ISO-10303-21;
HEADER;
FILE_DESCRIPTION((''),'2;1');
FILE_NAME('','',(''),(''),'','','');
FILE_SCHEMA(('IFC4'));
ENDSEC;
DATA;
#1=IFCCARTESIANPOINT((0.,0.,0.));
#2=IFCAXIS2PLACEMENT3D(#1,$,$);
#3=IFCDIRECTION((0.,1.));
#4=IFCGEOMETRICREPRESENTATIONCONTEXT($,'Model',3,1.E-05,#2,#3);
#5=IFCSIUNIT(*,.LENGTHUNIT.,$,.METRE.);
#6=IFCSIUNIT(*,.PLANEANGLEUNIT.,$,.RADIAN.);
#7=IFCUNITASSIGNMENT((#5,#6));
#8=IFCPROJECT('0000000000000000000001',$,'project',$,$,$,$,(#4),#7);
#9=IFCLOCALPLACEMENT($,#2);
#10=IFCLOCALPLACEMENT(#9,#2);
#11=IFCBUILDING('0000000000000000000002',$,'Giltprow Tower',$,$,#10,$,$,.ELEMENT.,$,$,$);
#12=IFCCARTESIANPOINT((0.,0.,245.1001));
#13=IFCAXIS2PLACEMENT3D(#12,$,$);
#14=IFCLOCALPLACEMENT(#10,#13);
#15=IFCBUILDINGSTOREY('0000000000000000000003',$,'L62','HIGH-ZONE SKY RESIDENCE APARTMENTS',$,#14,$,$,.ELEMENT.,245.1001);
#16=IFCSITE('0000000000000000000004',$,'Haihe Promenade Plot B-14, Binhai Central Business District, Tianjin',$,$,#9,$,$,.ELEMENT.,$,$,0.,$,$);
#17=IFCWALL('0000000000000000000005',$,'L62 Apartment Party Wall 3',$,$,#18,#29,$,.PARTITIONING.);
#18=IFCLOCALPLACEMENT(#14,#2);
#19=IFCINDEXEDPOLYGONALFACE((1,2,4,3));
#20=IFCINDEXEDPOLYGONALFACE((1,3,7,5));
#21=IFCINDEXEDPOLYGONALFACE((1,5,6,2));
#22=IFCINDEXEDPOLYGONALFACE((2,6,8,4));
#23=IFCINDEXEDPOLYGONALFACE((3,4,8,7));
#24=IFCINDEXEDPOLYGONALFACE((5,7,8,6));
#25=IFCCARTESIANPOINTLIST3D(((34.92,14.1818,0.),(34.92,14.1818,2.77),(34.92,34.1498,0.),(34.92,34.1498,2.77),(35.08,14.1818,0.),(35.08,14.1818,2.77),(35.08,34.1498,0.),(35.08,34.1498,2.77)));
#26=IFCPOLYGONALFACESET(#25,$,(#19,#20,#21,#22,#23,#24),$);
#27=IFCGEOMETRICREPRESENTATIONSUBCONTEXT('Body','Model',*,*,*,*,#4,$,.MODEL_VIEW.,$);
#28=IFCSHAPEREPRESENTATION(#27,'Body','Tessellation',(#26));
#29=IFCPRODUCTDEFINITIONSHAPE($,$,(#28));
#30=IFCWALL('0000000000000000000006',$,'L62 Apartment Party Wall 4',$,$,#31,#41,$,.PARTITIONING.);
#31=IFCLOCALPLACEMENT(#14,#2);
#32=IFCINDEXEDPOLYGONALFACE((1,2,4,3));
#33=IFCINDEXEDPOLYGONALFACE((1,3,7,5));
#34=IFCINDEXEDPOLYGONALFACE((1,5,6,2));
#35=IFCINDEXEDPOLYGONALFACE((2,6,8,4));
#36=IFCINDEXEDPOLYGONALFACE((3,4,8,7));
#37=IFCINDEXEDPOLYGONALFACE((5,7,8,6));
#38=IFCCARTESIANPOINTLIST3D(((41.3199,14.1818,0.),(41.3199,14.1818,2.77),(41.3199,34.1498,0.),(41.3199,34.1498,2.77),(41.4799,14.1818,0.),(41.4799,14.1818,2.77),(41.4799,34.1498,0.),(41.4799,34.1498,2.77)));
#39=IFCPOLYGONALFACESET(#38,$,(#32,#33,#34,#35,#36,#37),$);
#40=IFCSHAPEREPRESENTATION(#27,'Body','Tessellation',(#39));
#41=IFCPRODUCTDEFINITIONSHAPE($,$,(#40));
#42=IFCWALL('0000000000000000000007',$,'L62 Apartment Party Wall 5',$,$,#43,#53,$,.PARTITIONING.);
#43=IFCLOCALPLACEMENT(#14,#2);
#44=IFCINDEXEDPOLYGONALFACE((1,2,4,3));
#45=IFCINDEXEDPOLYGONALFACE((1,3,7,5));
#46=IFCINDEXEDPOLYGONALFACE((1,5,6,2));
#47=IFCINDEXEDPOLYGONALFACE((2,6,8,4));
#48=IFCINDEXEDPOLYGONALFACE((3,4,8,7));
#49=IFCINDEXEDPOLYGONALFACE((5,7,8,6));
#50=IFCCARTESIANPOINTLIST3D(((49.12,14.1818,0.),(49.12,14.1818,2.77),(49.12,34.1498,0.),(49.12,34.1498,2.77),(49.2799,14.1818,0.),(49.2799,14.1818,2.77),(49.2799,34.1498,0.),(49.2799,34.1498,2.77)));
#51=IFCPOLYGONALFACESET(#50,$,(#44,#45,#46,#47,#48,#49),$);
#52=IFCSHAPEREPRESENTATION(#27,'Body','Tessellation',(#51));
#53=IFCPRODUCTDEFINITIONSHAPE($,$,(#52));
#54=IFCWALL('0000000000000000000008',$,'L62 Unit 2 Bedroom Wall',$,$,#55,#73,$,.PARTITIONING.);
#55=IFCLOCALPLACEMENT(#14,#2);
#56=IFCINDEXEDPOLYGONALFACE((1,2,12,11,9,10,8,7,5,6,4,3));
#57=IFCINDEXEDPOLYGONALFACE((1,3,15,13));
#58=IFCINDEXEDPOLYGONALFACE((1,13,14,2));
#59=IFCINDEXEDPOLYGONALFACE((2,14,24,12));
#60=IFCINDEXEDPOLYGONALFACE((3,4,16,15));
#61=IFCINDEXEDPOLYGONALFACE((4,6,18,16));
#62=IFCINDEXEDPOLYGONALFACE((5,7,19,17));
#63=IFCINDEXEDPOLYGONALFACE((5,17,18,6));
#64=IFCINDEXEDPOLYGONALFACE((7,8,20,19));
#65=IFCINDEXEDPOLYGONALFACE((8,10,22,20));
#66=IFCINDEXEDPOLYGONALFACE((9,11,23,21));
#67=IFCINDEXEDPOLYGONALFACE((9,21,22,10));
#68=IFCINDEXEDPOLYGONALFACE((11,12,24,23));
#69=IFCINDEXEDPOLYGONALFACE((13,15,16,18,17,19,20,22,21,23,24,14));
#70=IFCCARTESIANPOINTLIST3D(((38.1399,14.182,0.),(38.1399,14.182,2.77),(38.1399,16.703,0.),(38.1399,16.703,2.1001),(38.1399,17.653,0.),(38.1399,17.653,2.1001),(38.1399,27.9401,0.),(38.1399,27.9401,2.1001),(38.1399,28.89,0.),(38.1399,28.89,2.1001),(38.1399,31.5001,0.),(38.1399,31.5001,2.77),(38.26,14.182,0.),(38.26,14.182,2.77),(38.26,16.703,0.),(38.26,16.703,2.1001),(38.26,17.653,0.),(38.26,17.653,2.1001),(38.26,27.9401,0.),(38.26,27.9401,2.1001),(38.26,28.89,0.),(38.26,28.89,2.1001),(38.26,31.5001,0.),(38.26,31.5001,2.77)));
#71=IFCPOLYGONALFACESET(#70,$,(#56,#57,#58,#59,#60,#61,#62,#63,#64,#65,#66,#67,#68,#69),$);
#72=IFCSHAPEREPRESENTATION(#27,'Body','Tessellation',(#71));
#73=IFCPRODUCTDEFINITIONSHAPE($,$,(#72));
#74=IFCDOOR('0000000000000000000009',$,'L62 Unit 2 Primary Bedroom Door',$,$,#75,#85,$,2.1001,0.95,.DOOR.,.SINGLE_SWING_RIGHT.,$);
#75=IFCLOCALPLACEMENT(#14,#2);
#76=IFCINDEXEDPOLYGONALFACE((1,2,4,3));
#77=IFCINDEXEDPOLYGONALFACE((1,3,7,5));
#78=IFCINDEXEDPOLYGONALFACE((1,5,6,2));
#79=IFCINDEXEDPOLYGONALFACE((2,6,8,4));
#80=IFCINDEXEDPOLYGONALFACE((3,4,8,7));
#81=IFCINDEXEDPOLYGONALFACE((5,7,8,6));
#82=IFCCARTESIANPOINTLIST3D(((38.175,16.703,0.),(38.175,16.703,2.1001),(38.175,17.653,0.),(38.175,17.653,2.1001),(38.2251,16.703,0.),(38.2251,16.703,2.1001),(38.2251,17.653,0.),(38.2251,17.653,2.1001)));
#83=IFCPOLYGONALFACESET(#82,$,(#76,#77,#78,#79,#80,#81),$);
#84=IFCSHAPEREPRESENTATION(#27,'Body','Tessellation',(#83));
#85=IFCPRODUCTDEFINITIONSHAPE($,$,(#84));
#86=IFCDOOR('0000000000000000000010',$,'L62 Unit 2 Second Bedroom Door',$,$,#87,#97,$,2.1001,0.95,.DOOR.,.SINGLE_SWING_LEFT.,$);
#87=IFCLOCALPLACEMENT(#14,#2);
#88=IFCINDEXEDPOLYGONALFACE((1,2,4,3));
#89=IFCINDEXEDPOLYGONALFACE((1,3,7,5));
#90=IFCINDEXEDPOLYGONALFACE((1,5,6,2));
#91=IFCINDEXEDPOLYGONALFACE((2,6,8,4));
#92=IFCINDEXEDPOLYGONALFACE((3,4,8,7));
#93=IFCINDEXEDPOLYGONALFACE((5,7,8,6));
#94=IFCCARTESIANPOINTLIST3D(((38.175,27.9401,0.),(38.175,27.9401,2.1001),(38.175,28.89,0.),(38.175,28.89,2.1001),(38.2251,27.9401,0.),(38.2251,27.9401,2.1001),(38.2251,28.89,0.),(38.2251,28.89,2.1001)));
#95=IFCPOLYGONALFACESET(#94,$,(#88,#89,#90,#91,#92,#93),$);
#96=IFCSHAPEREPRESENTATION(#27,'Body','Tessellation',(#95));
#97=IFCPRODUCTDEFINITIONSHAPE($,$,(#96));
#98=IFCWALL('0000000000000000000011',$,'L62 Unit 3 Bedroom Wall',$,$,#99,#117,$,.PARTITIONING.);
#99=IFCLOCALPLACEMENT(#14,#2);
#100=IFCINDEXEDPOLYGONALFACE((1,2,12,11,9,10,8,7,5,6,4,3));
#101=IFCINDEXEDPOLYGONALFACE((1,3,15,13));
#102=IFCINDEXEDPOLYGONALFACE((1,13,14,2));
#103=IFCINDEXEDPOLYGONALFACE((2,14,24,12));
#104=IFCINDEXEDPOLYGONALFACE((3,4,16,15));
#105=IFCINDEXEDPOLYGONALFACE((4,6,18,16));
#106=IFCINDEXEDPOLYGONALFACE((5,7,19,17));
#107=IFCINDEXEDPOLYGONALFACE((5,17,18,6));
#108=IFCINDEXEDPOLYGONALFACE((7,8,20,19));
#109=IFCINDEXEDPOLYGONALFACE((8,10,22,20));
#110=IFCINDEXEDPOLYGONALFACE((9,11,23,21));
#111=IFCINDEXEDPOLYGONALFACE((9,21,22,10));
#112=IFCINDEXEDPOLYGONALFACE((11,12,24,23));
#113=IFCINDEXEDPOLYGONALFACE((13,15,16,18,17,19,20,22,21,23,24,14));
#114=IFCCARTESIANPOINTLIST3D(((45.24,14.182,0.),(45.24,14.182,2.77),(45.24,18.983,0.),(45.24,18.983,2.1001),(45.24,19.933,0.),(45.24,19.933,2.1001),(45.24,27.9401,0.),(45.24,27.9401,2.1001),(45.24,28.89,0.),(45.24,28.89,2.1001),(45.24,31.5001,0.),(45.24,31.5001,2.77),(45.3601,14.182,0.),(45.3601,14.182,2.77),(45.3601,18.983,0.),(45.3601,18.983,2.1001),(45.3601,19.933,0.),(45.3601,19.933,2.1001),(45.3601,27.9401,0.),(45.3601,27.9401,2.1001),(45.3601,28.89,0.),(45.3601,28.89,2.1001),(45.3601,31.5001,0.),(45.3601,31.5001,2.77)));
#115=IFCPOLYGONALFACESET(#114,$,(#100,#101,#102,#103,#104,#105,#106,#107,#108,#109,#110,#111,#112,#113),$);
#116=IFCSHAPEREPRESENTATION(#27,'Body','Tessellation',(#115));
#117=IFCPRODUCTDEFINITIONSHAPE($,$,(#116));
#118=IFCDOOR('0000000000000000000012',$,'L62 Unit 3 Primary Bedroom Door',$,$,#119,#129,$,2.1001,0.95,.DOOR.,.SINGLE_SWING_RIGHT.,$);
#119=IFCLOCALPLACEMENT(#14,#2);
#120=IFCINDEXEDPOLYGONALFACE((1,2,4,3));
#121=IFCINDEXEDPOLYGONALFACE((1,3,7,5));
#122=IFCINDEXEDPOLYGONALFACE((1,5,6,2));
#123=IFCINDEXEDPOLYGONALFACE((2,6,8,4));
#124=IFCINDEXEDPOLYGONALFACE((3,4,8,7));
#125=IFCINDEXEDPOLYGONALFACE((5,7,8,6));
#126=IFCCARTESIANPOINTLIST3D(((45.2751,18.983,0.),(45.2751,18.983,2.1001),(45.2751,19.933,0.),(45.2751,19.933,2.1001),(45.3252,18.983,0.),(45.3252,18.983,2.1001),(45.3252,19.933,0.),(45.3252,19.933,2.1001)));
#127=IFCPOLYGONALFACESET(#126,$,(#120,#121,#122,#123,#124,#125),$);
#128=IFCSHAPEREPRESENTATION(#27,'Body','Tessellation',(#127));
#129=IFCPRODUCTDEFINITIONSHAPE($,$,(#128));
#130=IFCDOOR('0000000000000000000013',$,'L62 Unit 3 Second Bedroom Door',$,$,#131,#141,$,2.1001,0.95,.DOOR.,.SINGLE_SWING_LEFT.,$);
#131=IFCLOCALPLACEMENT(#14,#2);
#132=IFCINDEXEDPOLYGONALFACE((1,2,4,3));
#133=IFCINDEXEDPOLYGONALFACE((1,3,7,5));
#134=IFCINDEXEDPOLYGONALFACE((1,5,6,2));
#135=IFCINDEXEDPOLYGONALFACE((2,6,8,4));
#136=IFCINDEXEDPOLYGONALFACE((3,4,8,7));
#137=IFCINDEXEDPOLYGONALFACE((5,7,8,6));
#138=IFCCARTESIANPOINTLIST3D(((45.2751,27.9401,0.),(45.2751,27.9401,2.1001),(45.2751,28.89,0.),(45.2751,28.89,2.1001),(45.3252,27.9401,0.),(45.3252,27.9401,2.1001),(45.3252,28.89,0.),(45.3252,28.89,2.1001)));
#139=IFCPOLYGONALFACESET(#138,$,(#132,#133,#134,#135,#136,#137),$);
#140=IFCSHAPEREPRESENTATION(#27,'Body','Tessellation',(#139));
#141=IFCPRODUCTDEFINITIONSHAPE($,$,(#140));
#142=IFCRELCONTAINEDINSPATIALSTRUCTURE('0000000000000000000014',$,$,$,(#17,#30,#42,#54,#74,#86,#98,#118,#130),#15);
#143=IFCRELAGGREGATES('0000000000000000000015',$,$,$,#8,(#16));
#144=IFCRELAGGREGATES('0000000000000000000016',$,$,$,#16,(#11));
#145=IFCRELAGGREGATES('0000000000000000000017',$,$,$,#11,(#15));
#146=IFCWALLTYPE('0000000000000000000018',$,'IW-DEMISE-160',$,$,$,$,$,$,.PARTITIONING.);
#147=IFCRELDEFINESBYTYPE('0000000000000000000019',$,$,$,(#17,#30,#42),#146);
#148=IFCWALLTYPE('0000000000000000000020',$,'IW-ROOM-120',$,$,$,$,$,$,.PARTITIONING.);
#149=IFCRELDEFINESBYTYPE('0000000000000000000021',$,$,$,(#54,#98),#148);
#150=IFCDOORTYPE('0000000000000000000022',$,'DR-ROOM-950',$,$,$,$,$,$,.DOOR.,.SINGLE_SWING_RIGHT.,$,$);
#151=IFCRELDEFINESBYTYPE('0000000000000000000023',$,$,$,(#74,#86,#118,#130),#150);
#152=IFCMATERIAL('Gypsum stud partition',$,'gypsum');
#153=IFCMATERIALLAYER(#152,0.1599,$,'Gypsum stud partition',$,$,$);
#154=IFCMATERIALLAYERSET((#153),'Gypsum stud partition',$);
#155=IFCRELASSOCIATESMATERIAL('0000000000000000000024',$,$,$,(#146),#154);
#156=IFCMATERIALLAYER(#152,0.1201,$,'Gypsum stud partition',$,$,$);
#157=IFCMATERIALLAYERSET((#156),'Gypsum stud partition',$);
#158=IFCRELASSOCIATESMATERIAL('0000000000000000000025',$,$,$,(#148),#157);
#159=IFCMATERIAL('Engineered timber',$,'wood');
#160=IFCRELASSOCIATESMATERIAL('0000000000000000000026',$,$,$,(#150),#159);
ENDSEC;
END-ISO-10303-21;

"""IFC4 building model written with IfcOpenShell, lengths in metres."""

from ifc_helpers import new_model, si_unit, direction, frame, frame_2d, origin, place, context, subcontext, project, spatial, rectangle, extrude, source, transform, mapped, material, layer, layer_set, type_object, element, fill, save


model = new_model("IFC4")

# Units and contexts
model_context = context("Model", 3, precision=1e-05, world=origin(), true_north=direction((0.0, 1.0)))
body_context = subcontext(model_context, "Body", "Model", "MODEL_VIEW")
ifc_project = project(units=[si_unit("LENGTHUNIT", "METRE"), si_unit("PLANEANGLEUNIT", "RADIAN")], contexts=[model_context])

# Site, building, storey
site_placement = place(None, origin())
site = spatial("IfcSite", under=ifc_project, at=site_placement, Name="Haihe Promenade Plot B-14, Binhai Central Business District, Tianjin", CompositionType="ELEMENT", RefElevation=0.0)
building_placement = place(site_placement, origin())
building = spatial("IfcBuilding", under=site, at=building_placement, Name="Giltprow Tower", CompositionType="ELEMENT")
storey_placement = place(building_placement, frame((0.0, 0.0, 245.1001)))
storey = spatial("IfcBuildingStorey", under=building, at=storey_placement, Name="L62", Description="HIGH-ZONE SKY RESIDENCE APARTMENTS", CompositionType="ELEMENT", Elevation=245.1001)

# Walls
ifc_material_1 = material(Name="Gypsum stud partition", Category="gypsum")
ifc_layer_1 = layer(ifc_material_1, 0.1599, Name="Gypsum stud partition")
ifc_layer_set_1 = layer_set([ifc_layer_1], Name="Gypsum stud partition")
wall_type_1 = type_object("IfcWallType", Name="IW-DEMISE-160", PredefinedType="PARTITIONING", material=ifc_layer_set_1)
for number, where, z_axis, x_axis, name in (
    (1, (35.0, 14.1819, 0.0), (0.0, 0.0, 1.0), (0.0, 1.0, 0.0), "L62 Apartment Party Wall 3"),
    (2, (41.3999, 14.1819, 0.0), (0.0, 0.0, 1.0), (0.0, 1.0, 0.0), "L62 Apartment Party Wall 4"),
    (3, (49.2, 14.1819, 0.0), (0.0, 0.0, 1.0), (0.0, 1.0, 0.0), "L62 Apartment Party Wall 5"),
):
    element("IfcWall", number, at=place(storey_placement, frame(where, z_axis=z_axis, x_axis=x_axis)), inside=storey, type_object=wall_type_1, Name=name, PredefinedType="PARTITIONING", context=body_context, shape_type="SweptSolid", body=[
        extrude(rectangle(XDim=19.968, YDim=0.1599, at=frame_2d((9.9839, 0.0))), origin(), (0.0, 0.0, 1.0), 2.77),
    ])

# Walls, openings, doors
ifc_layer_2 = layer(ifc_material_1, 0.1201, Name="Gypsum stud partition")
ifc_layer_set_2 = layer_set([ifc_layer_2], Name="Gypsum stud partition")
wall_type_2 = type_object("IfcWallType", Name="IW-ROOM-120", PredefinedType="PARTITIONING", material=ifc_layer_set_2)
wall_1_placement = place(storey_placement, frame((38.2, 14.1819, 0.0), z_axis=(0.0, 0.0, 1.0), x_axis=(0.0, 1.0, 0.0)))
wall_1 = element("IfcWall", 4, at=wall_1_placement, inside=storey, type_object=wall_type_2, Name="L62 Unit 2 Bedroom Wall", PredefinedType="PARTITIONING", context=body_context, shape_type="SweptSolid", body=[
    extrude(rectangle(XDim=17.3181, YDim=0.1201, at=frame_2d((8.6592, 0.0))), origin(), (0.0, 0.0, 1.0), 2.77),
])
opening_1_placement = place(wall_1_placement, frame((2.521, 0.0, 0.0)))
opening_1 = element("IfcOpeningElement", 5, at=opening_1_placement, cuts=wall_1, PredefinedType="OPENING", context=body_context, shape_type="SweptSolid", body=[
    extrude(rectangle(XDim=0.95, YDim=2.1001, at=frame_2d((0.4751, 1.05))), frame((0.0, 0.0701, 0.0), z_axis=(0.0, -1.0, 0.0), x_axis=(1.0, 0.0, 0.0)), (0.0, 0.0, 1.0), 0.1401),
])
opening_2_placement = place(wall_1_placement, frame((13.7581, 0.0, 0.0)))
opening_2 = element("IfcOpeningElement", 6, at=opening_2_placement, cuts=wall_1, PredefinedType="OPENING", context=body_context, shape_type="SweptSolid", body=[
    extrude(rectangle(XDim=0.95, YDim=2.1001, at=frame_2d((0.4751, 1.05))), frame((0.0, 0.0701, 0.0), z_axis=(0.0, -1.0, 0.0), x_axis=(1.0, 0.0, 0.0)), (0.0, 0.0, 1.0), 0.1401),
])
ifc_material_2 = material(Name="Engineered timber", Category="wood")
door_type_1 = type_object("IfcDoorType", Name="DR-ROOM-950", OperationType="SINGLE_SWING_RIGHT", PredefinedType="DOOR", material=ifc_material_2)
shared_shape_1 = source(origin(), body_context, "Body", "SweptSolid", [
    extrude(rectangle(XDim=0.95, YDim=2.1001, at=frame_2d((0.4751, 1.05))), frame((0.0, 0.0249, 0.0), z_axis=(0.0, -1.0, 0.0), x_axis=(1.0, 0.0, 0.0)), (0.0, 0.0, 1.0), 0.05),
])
door_1_placement = place(opening_1_placement, origin())
door_1 = element("IfcDoor", 7, at=door_1_placement, inside=storey, type_object=door_type_1, Name="L62 Unit 2 Primary Bedroom Door", OperationType="SINGLE_SWING_RIGHT", OverallHeight=2.1001, OverallWidth=0.95, PredefinedType="DOOR", context=body_context, shape_type="MappedRepresentation", body=[
    mapped(shared_shape_1, transform((0.0, 0.0, 0.0), x_axis=(1.0, 0.0, 0.0), y_axis=(0.0, 1.0, 0.0), z_axis=(0.0, 0.0, 1.0), scale=1.0)),
])
fill(opening_1, door_1)
door_2_placement = place(opening_2_placement, origin())
door_2 = element("IfcDoor", 8, at=door_2_placement, inside=storey, type_object=door_type_1, Name="L62 Unit 2 Second Bedroom Door", OperationType="SINGLE_SWING_LEFT", OverallHeight=2.1001, OverallWidth=0.95, PredefinedType="DOOR", context=body_context, shape_type="MappedRepresentation", body=[
    mapped(shared_shape_1, transform((0.0, 0.0, 0.0), x_axis=(1.0, 0.0, 0.0), y_axis=(0.0, 1.0, 0.0), z_axis=(0.0, 0.0, 1.0), scale=1.0)),
])
fill(opening_2, door_2)
wall_2_placement = place(storey_placement, frame((45.3, 14.1819, 0.0), z_axis=(0.0, 0.0, 1.0), x_axis=(0.0, 1.0, 0.0)))
wall_2 = element("IfcWall", 9, at=wall_2_placement, inside=storey, type_object=wall_type_2, Name="L62 Unit 3 Bedroom Wall", PredefinedType="PARTITIONING", context=body_context, shape_type="SweptSolid", body=[
    extrude(rectangle(XDim=17.3181, YDim=0.1201, at=frame_2d((8.6592, 0.0))), origin(), (0.0, 0.0, 1.0), 2.77),
])
opening_3_placement = place(wall_2_placement, frame((4.801, 0.0, 0.0)))
opening_3 = element("IfcOpeningElement", 10, at=opening_3_placement, cuts=wall_2, PredefinedType="OPENING", context=body_context, shape_type="SweptSolid", body=[
    extrude(rectangle(XDim=0.95, YDim=2.1001, at=frame_2d((0.4751, 1.05))), frame((0.0, 0.0701, 0.0), z_axis=(0.0, -1.0, 0.0), x_axis=(1.0, 0.0, 0.0)), (0.0, 0.0, 1.0), 0.1401),
])
opening_4_placement = place(wall_2_placement, frame((13.7581, 0.0, 0.0)))
opening_4 = element("IfcOpeningElement", 11, at=opening_4_placement, cuts=wall_2, PredefinedType="OPENING", context=body_context, shape_type="SweptSolid", body=[
    extrude(rectangle(XDim=0.95, YDim=2.1001, at=frame_2d((0.4751, 1.05))), frame((0.0, 0.0701, 0.0), z_axis=(0.0, -1.0, 0.0), x_axis=(1.0, 0.0, 0.0)), (0.0, 0.0, 1.0), 0.1401),
])
door_3_placement = place(opening_3_placement, origin())
door_3 = element("IfcDoor", 12, at=door_3_placement, inside=storey, type_object=door_type_1, Name="L62 Unit 3 Primary Bedroom Door", OperationType="SINGLE_SWING_RIGHT", OverallHeight=2.1001, OverallWidth=0.95, PredefinedType="DOOR", context=body_context, shape_type="MappedRepresentation", body=[
    mapped(shared_shape_1, transform((0.0, 0.0, 0.0), x_axis=(1.0, 0.0, 0.0), y_axis=(0.0, 1.0, 0.0), z_axis=(0.0, 0.0, 1.0), scale=1.0)),
])
fill(opening_3, door_3)
door_4_placement = place(opening_4_placement, origin())
door_4 = element("IfcDoor", 13, at=door_4_placement, inside=storey, type_object=door_type_1, Name="L62 Unit 3 Second Bedroom Door", OperationType="SINGLE_SWING_LEFT", OverallHeight=2.1001, OverallWidth=0.95, PredefinedType="DOOR", context=body_context, shape_type="MappedRepresentation", body=[
    mapped(shared_shape_1, transform((0.0, 0.0, 0.0), x_axis=(1.0, 0.0, 0.0), y_axis=(0.0, 1.0, 0.0), z_axis=(0.0, 0.0, 1.0), scale=1.0)),
])
fill(opening_4, door_4)

save(model, "model.ifc")
